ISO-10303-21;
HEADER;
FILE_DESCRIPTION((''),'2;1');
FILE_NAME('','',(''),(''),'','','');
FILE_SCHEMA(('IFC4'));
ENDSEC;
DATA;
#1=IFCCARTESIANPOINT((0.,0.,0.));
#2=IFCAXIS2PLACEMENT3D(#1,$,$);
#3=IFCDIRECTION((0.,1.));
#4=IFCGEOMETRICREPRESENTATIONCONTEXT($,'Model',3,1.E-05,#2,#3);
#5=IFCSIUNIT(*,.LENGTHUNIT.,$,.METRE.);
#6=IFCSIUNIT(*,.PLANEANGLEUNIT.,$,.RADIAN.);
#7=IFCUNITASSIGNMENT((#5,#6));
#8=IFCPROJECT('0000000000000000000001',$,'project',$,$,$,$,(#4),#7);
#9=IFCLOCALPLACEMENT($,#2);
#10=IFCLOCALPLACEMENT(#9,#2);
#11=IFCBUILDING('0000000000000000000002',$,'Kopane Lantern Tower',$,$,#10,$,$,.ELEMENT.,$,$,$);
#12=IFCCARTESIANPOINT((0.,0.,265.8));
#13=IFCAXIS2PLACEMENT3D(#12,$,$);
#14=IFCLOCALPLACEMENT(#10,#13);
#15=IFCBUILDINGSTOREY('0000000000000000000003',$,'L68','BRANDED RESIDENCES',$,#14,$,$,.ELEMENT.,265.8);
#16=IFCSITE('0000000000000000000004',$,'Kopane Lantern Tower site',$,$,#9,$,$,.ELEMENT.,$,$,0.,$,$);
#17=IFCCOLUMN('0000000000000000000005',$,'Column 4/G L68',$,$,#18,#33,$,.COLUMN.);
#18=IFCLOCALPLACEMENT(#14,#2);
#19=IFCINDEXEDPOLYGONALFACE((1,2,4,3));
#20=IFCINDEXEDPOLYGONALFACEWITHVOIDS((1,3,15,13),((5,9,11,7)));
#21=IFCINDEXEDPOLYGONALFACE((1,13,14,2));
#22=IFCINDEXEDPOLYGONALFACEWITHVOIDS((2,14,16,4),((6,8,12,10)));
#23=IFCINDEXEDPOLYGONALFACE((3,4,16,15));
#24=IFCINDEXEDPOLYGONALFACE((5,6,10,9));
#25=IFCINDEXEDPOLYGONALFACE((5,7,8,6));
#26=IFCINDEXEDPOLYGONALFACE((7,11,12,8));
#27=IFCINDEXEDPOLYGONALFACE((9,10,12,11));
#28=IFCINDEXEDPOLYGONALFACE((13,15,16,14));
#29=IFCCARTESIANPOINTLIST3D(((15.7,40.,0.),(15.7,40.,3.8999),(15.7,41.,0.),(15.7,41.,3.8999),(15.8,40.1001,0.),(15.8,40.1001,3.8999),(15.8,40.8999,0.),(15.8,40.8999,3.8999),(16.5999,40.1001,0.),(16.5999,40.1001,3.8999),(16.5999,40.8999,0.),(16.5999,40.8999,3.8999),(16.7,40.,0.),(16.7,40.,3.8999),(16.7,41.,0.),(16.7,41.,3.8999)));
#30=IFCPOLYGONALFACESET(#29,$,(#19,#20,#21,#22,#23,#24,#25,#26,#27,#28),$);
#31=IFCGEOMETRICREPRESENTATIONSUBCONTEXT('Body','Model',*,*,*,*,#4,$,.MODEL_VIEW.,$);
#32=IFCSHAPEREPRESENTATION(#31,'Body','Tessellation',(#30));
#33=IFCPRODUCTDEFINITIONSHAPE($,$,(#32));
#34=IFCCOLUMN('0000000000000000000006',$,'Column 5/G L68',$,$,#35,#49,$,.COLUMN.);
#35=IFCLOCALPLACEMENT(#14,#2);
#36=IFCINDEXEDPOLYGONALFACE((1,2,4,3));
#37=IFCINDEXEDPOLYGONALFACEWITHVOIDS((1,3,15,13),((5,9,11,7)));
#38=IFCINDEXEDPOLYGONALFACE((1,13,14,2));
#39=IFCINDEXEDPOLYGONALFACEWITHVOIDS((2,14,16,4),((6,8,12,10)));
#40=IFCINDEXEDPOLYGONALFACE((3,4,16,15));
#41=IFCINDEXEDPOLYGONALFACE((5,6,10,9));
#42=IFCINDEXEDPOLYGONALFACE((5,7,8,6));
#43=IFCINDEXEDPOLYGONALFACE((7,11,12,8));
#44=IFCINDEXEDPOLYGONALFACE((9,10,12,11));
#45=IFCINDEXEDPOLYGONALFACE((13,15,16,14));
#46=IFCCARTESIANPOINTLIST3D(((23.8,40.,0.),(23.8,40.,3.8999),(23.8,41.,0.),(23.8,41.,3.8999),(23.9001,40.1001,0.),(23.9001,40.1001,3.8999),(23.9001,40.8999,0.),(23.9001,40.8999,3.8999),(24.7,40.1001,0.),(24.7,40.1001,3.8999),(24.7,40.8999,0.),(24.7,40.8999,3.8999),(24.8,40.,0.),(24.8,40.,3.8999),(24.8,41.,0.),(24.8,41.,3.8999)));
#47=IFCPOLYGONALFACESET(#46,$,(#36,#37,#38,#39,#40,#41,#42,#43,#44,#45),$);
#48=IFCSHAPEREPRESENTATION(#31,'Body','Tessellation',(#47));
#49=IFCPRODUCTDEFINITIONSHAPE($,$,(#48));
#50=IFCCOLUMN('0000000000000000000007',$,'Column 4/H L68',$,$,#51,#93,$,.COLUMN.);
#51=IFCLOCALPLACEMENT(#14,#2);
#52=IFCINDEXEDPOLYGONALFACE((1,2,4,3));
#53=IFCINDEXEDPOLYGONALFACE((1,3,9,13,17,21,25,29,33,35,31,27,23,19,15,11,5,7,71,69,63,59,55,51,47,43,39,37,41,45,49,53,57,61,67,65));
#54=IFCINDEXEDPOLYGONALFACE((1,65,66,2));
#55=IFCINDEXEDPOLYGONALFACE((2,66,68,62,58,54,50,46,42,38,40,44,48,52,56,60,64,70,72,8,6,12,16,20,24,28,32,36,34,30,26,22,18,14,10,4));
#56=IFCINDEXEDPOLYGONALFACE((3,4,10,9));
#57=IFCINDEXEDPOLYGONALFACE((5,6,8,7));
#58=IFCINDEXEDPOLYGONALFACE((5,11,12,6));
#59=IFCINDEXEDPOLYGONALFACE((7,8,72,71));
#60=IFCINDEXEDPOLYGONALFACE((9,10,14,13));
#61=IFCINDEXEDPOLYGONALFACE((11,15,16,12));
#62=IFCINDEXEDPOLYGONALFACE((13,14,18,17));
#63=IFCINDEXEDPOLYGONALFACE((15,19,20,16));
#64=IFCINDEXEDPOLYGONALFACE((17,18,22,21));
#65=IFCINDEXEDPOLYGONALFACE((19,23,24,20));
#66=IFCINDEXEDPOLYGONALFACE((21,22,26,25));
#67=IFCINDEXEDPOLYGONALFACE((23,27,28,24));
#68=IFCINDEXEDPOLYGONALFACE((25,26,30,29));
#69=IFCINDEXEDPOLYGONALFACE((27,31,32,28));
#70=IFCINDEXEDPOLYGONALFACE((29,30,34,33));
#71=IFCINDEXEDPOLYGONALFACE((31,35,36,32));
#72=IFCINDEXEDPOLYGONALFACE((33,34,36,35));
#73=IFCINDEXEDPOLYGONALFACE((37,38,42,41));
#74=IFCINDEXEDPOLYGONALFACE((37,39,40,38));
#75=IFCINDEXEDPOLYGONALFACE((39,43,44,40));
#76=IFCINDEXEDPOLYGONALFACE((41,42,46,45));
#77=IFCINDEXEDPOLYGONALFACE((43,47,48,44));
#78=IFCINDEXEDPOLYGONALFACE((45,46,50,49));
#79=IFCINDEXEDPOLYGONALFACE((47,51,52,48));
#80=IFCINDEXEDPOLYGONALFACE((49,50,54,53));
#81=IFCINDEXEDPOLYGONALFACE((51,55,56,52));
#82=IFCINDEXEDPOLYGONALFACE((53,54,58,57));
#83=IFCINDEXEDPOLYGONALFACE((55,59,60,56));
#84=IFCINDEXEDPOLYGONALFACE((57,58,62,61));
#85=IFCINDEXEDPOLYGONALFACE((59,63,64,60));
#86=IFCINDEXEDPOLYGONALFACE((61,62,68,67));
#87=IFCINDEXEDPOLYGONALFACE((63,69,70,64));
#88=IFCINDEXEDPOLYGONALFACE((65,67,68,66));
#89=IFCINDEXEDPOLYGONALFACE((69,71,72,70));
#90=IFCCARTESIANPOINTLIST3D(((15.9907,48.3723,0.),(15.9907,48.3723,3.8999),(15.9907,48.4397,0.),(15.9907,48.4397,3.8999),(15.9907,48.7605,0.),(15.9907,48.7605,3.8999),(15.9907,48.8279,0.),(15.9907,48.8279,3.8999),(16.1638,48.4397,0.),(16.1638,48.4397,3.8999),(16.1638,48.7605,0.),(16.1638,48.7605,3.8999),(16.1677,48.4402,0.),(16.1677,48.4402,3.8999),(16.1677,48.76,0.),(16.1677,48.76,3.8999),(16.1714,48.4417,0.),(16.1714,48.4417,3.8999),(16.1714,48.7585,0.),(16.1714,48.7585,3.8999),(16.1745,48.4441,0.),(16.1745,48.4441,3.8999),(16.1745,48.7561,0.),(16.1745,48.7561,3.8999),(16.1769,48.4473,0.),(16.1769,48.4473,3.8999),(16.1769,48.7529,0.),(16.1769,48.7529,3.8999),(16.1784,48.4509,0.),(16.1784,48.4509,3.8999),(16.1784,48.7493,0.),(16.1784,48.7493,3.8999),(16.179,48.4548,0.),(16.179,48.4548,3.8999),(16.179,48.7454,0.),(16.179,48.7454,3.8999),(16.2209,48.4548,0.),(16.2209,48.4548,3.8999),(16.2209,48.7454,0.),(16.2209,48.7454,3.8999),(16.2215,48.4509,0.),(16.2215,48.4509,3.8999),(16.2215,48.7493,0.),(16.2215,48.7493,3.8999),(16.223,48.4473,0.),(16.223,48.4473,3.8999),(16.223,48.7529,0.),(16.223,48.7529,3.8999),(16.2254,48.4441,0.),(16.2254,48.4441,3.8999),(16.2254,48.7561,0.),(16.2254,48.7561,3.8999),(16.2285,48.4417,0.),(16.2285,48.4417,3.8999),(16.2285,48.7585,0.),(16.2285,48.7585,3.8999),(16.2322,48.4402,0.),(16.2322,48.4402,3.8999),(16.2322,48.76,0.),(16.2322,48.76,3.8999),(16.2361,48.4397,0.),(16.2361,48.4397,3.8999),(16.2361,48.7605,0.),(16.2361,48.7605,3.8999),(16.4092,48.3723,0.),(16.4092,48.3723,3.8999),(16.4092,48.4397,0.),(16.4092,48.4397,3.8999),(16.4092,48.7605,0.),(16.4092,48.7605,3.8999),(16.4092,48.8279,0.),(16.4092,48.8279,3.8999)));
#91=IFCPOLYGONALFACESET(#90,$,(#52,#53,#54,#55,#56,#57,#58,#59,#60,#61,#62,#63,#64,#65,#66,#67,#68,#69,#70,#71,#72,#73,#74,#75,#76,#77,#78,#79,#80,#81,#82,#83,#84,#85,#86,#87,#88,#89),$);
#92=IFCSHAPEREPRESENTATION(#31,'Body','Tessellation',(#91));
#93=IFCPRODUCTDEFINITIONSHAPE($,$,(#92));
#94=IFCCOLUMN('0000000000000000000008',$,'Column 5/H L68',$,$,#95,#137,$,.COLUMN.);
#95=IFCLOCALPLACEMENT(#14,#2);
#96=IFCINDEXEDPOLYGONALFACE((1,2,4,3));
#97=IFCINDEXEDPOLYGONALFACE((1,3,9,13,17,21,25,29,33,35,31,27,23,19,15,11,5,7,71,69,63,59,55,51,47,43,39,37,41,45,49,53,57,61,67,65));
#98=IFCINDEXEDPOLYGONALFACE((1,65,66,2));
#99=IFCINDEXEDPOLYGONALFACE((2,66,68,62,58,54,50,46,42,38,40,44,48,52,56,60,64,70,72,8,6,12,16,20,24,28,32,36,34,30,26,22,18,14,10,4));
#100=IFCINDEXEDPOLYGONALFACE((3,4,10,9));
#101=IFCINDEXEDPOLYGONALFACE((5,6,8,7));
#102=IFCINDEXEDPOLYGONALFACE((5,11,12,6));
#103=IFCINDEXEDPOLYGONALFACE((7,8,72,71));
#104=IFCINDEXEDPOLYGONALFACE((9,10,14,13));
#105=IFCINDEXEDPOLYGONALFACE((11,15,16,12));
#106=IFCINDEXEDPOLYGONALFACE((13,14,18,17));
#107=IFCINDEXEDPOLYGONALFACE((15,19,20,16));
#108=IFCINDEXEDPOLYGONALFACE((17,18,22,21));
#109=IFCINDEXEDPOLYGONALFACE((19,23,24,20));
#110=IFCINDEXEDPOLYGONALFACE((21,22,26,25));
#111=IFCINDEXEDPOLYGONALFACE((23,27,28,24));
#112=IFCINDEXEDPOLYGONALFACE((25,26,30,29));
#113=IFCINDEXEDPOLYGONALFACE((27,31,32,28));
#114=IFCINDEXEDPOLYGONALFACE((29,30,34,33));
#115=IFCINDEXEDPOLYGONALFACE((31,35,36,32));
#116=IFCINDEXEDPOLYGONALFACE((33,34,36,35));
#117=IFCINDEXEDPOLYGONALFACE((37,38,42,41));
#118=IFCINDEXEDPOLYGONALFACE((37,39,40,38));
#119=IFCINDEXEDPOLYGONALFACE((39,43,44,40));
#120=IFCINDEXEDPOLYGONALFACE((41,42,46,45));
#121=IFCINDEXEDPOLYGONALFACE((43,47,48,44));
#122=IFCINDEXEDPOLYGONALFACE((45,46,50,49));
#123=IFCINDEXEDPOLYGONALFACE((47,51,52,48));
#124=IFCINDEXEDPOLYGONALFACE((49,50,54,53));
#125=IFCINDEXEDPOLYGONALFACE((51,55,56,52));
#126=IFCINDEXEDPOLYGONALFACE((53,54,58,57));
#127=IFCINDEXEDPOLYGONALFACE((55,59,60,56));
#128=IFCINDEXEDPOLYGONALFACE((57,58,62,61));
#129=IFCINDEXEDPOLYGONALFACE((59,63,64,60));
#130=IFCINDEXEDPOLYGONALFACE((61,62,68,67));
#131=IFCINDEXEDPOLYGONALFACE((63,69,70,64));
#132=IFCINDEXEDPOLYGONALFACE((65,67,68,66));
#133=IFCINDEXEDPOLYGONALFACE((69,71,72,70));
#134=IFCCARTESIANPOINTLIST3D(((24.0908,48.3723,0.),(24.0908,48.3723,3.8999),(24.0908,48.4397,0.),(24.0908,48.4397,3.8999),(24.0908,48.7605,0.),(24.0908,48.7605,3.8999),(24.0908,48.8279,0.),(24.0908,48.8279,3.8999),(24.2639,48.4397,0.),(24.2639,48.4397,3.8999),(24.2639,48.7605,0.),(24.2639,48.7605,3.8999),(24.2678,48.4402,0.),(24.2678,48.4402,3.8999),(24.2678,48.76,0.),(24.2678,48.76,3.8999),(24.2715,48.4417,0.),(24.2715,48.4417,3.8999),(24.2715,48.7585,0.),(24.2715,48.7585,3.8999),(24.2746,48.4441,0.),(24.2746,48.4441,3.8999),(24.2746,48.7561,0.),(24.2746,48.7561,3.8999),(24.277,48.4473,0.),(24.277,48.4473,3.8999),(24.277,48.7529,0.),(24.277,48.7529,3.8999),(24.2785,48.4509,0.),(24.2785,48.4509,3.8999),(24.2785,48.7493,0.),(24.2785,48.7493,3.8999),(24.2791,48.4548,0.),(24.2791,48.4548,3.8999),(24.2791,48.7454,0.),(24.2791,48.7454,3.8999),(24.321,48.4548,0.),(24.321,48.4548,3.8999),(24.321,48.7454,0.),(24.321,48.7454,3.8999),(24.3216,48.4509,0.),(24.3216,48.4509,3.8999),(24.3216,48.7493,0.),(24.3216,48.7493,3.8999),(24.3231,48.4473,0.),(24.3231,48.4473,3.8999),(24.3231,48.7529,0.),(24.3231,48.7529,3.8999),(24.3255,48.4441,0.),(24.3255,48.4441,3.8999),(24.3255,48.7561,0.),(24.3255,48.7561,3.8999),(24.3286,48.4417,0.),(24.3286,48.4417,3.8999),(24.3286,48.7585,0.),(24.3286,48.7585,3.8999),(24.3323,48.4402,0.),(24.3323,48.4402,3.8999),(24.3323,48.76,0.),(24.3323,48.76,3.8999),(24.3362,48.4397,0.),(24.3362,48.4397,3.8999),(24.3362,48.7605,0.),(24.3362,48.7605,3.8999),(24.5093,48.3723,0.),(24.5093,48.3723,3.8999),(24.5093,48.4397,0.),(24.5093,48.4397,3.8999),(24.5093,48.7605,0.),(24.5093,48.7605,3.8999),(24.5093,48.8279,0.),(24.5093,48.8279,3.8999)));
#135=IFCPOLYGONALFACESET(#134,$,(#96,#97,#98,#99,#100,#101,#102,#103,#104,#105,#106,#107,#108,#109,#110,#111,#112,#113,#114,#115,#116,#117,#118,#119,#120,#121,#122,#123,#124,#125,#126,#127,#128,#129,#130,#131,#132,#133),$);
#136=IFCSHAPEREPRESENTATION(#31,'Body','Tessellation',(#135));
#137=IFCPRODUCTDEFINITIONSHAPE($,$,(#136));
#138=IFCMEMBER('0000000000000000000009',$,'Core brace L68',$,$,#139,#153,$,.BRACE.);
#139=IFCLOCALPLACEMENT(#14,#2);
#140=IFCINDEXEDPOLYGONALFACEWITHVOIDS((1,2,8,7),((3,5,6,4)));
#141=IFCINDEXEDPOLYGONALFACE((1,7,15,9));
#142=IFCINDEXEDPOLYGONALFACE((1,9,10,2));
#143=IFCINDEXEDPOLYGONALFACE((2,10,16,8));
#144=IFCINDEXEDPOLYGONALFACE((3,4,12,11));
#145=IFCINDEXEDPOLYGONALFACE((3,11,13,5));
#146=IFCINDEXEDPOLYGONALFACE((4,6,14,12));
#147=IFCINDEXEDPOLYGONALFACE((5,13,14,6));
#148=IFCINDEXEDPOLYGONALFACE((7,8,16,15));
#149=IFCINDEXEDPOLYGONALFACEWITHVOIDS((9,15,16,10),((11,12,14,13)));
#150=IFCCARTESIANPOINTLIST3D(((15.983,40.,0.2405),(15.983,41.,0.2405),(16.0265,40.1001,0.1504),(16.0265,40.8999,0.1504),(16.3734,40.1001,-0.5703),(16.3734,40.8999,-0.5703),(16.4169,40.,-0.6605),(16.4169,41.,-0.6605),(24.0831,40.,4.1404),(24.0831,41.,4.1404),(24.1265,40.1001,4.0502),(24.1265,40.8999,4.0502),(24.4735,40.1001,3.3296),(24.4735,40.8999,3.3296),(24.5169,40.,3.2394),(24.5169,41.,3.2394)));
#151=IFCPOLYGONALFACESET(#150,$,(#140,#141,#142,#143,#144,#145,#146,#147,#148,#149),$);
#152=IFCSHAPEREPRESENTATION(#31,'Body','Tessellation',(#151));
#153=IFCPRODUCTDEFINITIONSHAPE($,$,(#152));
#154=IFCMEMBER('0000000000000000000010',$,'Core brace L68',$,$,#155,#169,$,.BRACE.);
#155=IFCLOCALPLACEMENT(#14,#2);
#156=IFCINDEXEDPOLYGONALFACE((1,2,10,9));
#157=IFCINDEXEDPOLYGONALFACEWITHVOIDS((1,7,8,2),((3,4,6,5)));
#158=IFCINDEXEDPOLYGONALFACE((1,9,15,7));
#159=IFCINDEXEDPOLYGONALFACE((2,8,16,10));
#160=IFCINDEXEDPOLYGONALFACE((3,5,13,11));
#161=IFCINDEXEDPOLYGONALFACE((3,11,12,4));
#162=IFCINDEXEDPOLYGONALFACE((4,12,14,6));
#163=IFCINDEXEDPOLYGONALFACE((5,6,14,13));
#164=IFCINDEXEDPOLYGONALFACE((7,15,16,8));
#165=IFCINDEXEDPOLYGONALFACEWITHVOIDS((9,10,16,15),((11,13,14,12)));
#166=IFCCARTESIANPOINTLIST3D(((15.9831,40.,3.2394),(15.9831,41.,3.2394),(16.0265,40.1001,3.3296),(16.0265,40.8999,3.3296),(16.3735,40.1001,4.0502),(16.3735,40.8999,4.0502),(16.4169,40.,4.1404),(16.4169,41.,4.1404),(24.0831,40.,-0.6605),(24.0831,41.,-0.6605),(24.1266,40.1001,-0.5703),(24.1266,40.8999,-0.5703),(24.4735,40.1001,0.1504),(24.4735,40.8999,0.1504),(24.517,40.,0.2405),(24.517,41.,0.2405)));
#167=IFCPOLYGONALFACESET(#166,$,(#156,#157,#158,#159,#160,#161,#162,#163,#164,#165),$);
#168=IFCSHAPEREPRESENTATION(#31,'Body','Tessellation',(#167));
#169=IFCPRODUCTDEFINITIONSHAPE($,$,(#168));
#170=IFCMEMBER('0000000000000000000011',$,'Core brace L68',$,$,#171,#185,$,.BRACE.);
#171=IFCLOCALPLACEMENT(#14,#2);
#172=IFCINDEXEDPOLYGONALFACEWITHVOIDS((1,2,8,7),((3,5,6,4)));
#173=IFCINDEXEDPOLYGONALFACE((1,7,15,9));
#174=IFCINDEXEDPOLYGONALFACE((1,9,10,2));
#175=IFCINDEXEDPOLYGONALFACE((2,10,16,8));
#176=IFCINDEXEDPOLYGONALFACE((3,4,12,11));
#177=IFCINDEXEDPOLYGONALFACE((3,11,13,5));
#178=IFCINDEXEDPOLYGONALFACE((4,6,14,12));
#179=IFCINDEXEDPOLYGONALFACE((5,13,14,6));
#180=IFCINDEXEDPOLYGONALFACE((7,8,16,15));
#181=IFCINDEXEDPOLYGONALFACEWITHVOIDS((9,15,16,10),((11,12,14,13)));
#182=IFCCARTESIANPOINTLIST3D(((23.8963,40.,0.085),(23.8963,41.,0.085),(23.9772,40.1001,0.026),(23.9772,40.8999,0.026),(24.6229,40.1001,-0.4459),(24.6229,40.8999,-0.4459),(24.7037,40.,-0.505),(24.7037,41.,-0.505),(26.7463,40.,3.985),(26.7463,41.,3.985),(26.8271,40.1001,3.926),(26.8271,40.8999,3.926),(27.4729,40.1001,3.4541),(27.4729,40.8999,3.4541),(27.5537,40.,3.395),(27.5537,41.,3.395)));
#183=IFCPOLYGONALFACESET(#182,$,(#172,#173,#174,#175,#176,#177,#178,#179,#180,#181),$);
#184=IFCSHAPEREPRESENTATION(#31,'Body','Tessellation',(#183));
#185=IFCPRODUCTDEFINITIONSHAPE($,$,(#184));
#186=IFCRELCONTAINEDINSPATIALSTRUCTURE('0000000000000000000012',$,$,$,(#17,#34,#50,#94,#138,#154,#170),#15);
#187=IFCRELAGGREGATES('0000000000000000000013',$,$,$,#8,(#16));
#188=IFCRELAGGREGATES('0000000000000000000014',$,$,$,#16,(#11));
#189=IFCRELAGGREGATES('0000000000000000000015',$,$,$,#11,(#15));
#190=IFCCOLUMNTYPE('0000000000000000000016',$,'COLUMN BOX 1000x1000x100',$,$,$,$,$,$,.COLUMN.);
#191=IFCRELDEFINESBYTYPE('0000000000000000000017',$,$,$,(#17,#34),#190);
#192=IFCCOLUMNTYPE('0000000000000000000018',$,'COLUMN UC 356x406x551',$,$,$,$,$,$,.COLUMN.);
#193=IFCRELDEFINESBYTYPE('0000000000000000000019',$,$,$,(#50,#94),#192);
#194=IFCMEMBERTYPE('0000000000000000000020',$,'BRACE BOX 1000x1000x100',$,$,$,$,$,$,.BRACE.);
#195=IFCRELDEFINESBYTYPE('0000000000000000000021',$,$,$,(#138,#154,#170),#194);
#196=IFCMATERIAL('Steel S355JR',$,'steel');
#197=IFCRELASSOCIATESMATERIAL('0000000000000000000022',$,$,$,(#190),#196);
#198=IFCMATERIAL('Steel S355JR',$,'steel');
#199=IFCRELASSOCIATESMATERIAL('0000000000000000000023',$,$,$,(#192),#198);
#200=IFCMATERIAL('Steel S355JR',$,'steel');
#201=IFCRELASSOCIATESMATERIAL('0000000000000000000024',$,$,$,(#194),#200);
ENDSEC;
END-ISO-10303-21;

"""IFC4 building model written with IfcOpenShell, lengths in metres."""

from ifc_helpers import new_model, si_unit, direction, frame, origin, origin_2d, place, context, subcontext, project, spatial, hollow_rectangle, i_section, extrude, material, material_profile, profile_set, type_object, element, save


model = new_model("IFC4")

# Units and contexts
model_context = context("Model", 3, precision=1e-05, world=origin(), true_north=direction((0.0, 1.0)))
body_context = subcontext(model_context, "Body", "Model", "MODEL_VIEW")
ifc_project = project(units=[si_unit("LENGTHUNIT", "METRE"), si_unit("PLANEANGLEUNIT", "RADIAN")], contexts=[model_context])

# Site, building, storey
site_placement = place(None, origin())
site = spatial("IfcSite", under=ifc_project, at=site_placement, Name="Kopane Lantern Tower site", CompositionType="ELEMENT", RefElevation=0.0)
building_placement = place(site_placement, origin())
building = spatial("IfcBuilding", under=site, at=building_placement, Name="Kopane Lantern Tower", CompositionType="ELEMENT")
storey_placement = place(building_placement, frame((0.0, 0.0, 265.8)))
storey = spatial("IfcBuildingStorey", under=building, at=storey_placement, Name="L68", Description="BRANDED RESIDENCES", CompositionType="ELEMENT", Elevation=265.8)

# Columns
ifc_material_1 = material(Name="Steel S355JR", Category="steel")
ifc_material_profile_1 = material_profile(ifc_material_1, hollow_rectangle(XDim=1.0, YDim=1.0, WallThickness=0.1001, at=origin_2d()), Name="BOX 1000x1000x100")
ifc_profile_set_1 = profile_set([ifc_material_profile_1], Name="Steel S355JR")
column_type_1 = type_object("IfcColumnType", Name="COLUMN BOX 1000x1000x100", PredefinedType="COLUMN", material=ifc_profile_set_1)
for number, where, z_axis, x_axis, name in (
    (1, (16.2, 40.5, 0.0), (0.0, 0.0, 1.0), (1.0, 0.0, 0.0), "Column 4/G L68"),
    (2, (24.3, 40.5, 0.0), (0.0, 0.0, 1.0), (1.0, 0.0, 0.0), "Column 5/G L68"),
):
    element("IfcColumn", number, at=place(storey_placement, frame(where, z_axis=z_axis, x_axis=x_axis)), inside=storey, type_object=column_type_1, Name=name, PredefinedType="COLUMN", context=body_context, shape_type="SweptSolid", body=[
        extrude(hollow_rectangle(XDim=1.0, YDim=1.0, WallThickness=0.1001, at=origin_2d()), origin(), (0.0, 0.0, 1.0), 3.8999),
    ])
ifc_material_2 = material(Name="Steel S355JR", Category="steel")
ifc_material_profile_2 = material_profile(ifc_material_2, i_section(OverallWidth=0.4185, OverallDepth=0.4556, WebThickness=0.042, FlangeThickness=0.0674, FilletRadius=0.0151, at=origin_2d()), Name="UC 356x406x551")
ifc_profile_set_2 = profile_set([ifc_material_profile_2], Name="Steel S355JR")
column_type_2 = type_object("IfcColumnType", Name="COLUMN UC 356x406x551", PredefinedType="COLUMN", material=ifc_profile_set_2)
for number, where, z_axis, x_axis, name in (
    (3, (16.2, 48.6001, 0.0), (0.0, 0.0, 1.0), (1.0, 0.0, 0.0), "Column 4/H L68"),
    (4, (24.3, 48.6001, 0.0), (0.0, 0.0, 1.0), (1.0, 0.0, 0.0), "Column 5/H L68"),
):
    element("IfcColumn", number, at=place(storey_placement, frame(where, z_axis=z_axis, x_axis=x_axis)), inside=storey, type_object=column_type_2, Name=name, PredefinedType="COLUMN", context=body_context, shape_type="SweptSolid", body=[
        extrude(i_section(OverallWidth=0.4185, OverallDepth=0.4556, WebThickness=0.042, FlangeThickness=0.0674, FilletRadius=0.0151, at=origin_2d()), origin(), (0.0, 0.0, 1.0), 3.8999),
    ])

# Members
ifc_material_3 = material(Name="Steel S355JR", Category="steel")
ifc_material_profile_3 = material_profile(ifc_material_3, hollow_rectangle(XDim=1.0, YDim=1.0, WallThickness=0.1001, at=origin_2d()), Name="BOX 1000x1000x100")
ifc_profile_set_3 = profile_set([ifc_material_profile_3], Name="Steel S355JR")
member_type_1 = type_object("IfcMemberType", Name="BRACE BOX 1000x1000x100", PredefinedType="BRACE", material=ifc_profile_set_3)
for number, where, z_axis, x_axis, name in (
    (5, (16.2, 40.5, -0.21), (0.901008, 0.0, 0.433803), (0.0, 1.0, 0.0), "Core brace L68"),
    (6, (24.3, 40.5, -0.21), (-0.901008, 0.0, 0.433803), (0.0, -1.0, 0.0), "Core brace L68"),
):
    element("IfcMember", number, at=place(storey_placement, frame(where, z_axis=z_axis, x_axis=x_axis)), inside=storey, type_object=member_type_1, Name=name, PredefinedType="BRACE", context=body_context, shape_type="SweptSolid", body=[
        extrude(hollow_rectangle(XDim=1.0, YDim=1.0, WallThickness=0.1001, at=origin_2d()), origin(), (0.0, 0.0, 1.0), 8.99),
    ])
member_1_placement = place(storey_placement, frame((24.3, 40.5, -0.21), z_axis=(0.590006, 0.0, 0.807399), x_axis=(0.0, 1.0, 0.0)))
element("IfcMember", 7, at=member_1_placement, inside=storey, type_object=member_type_1, Name="Core brace L68", PredefinedType="BRACE", context=body_context, shape_type="SweptSolid", body=[
    extrude(hollow_rectangle(XDim=1.0, YDim=1.0, WallThickness=0.1001, at=origin_2d()), origin(), (0.0, 0.0, 1.0), 4.8303),
])

save(model, "model.ifc")
